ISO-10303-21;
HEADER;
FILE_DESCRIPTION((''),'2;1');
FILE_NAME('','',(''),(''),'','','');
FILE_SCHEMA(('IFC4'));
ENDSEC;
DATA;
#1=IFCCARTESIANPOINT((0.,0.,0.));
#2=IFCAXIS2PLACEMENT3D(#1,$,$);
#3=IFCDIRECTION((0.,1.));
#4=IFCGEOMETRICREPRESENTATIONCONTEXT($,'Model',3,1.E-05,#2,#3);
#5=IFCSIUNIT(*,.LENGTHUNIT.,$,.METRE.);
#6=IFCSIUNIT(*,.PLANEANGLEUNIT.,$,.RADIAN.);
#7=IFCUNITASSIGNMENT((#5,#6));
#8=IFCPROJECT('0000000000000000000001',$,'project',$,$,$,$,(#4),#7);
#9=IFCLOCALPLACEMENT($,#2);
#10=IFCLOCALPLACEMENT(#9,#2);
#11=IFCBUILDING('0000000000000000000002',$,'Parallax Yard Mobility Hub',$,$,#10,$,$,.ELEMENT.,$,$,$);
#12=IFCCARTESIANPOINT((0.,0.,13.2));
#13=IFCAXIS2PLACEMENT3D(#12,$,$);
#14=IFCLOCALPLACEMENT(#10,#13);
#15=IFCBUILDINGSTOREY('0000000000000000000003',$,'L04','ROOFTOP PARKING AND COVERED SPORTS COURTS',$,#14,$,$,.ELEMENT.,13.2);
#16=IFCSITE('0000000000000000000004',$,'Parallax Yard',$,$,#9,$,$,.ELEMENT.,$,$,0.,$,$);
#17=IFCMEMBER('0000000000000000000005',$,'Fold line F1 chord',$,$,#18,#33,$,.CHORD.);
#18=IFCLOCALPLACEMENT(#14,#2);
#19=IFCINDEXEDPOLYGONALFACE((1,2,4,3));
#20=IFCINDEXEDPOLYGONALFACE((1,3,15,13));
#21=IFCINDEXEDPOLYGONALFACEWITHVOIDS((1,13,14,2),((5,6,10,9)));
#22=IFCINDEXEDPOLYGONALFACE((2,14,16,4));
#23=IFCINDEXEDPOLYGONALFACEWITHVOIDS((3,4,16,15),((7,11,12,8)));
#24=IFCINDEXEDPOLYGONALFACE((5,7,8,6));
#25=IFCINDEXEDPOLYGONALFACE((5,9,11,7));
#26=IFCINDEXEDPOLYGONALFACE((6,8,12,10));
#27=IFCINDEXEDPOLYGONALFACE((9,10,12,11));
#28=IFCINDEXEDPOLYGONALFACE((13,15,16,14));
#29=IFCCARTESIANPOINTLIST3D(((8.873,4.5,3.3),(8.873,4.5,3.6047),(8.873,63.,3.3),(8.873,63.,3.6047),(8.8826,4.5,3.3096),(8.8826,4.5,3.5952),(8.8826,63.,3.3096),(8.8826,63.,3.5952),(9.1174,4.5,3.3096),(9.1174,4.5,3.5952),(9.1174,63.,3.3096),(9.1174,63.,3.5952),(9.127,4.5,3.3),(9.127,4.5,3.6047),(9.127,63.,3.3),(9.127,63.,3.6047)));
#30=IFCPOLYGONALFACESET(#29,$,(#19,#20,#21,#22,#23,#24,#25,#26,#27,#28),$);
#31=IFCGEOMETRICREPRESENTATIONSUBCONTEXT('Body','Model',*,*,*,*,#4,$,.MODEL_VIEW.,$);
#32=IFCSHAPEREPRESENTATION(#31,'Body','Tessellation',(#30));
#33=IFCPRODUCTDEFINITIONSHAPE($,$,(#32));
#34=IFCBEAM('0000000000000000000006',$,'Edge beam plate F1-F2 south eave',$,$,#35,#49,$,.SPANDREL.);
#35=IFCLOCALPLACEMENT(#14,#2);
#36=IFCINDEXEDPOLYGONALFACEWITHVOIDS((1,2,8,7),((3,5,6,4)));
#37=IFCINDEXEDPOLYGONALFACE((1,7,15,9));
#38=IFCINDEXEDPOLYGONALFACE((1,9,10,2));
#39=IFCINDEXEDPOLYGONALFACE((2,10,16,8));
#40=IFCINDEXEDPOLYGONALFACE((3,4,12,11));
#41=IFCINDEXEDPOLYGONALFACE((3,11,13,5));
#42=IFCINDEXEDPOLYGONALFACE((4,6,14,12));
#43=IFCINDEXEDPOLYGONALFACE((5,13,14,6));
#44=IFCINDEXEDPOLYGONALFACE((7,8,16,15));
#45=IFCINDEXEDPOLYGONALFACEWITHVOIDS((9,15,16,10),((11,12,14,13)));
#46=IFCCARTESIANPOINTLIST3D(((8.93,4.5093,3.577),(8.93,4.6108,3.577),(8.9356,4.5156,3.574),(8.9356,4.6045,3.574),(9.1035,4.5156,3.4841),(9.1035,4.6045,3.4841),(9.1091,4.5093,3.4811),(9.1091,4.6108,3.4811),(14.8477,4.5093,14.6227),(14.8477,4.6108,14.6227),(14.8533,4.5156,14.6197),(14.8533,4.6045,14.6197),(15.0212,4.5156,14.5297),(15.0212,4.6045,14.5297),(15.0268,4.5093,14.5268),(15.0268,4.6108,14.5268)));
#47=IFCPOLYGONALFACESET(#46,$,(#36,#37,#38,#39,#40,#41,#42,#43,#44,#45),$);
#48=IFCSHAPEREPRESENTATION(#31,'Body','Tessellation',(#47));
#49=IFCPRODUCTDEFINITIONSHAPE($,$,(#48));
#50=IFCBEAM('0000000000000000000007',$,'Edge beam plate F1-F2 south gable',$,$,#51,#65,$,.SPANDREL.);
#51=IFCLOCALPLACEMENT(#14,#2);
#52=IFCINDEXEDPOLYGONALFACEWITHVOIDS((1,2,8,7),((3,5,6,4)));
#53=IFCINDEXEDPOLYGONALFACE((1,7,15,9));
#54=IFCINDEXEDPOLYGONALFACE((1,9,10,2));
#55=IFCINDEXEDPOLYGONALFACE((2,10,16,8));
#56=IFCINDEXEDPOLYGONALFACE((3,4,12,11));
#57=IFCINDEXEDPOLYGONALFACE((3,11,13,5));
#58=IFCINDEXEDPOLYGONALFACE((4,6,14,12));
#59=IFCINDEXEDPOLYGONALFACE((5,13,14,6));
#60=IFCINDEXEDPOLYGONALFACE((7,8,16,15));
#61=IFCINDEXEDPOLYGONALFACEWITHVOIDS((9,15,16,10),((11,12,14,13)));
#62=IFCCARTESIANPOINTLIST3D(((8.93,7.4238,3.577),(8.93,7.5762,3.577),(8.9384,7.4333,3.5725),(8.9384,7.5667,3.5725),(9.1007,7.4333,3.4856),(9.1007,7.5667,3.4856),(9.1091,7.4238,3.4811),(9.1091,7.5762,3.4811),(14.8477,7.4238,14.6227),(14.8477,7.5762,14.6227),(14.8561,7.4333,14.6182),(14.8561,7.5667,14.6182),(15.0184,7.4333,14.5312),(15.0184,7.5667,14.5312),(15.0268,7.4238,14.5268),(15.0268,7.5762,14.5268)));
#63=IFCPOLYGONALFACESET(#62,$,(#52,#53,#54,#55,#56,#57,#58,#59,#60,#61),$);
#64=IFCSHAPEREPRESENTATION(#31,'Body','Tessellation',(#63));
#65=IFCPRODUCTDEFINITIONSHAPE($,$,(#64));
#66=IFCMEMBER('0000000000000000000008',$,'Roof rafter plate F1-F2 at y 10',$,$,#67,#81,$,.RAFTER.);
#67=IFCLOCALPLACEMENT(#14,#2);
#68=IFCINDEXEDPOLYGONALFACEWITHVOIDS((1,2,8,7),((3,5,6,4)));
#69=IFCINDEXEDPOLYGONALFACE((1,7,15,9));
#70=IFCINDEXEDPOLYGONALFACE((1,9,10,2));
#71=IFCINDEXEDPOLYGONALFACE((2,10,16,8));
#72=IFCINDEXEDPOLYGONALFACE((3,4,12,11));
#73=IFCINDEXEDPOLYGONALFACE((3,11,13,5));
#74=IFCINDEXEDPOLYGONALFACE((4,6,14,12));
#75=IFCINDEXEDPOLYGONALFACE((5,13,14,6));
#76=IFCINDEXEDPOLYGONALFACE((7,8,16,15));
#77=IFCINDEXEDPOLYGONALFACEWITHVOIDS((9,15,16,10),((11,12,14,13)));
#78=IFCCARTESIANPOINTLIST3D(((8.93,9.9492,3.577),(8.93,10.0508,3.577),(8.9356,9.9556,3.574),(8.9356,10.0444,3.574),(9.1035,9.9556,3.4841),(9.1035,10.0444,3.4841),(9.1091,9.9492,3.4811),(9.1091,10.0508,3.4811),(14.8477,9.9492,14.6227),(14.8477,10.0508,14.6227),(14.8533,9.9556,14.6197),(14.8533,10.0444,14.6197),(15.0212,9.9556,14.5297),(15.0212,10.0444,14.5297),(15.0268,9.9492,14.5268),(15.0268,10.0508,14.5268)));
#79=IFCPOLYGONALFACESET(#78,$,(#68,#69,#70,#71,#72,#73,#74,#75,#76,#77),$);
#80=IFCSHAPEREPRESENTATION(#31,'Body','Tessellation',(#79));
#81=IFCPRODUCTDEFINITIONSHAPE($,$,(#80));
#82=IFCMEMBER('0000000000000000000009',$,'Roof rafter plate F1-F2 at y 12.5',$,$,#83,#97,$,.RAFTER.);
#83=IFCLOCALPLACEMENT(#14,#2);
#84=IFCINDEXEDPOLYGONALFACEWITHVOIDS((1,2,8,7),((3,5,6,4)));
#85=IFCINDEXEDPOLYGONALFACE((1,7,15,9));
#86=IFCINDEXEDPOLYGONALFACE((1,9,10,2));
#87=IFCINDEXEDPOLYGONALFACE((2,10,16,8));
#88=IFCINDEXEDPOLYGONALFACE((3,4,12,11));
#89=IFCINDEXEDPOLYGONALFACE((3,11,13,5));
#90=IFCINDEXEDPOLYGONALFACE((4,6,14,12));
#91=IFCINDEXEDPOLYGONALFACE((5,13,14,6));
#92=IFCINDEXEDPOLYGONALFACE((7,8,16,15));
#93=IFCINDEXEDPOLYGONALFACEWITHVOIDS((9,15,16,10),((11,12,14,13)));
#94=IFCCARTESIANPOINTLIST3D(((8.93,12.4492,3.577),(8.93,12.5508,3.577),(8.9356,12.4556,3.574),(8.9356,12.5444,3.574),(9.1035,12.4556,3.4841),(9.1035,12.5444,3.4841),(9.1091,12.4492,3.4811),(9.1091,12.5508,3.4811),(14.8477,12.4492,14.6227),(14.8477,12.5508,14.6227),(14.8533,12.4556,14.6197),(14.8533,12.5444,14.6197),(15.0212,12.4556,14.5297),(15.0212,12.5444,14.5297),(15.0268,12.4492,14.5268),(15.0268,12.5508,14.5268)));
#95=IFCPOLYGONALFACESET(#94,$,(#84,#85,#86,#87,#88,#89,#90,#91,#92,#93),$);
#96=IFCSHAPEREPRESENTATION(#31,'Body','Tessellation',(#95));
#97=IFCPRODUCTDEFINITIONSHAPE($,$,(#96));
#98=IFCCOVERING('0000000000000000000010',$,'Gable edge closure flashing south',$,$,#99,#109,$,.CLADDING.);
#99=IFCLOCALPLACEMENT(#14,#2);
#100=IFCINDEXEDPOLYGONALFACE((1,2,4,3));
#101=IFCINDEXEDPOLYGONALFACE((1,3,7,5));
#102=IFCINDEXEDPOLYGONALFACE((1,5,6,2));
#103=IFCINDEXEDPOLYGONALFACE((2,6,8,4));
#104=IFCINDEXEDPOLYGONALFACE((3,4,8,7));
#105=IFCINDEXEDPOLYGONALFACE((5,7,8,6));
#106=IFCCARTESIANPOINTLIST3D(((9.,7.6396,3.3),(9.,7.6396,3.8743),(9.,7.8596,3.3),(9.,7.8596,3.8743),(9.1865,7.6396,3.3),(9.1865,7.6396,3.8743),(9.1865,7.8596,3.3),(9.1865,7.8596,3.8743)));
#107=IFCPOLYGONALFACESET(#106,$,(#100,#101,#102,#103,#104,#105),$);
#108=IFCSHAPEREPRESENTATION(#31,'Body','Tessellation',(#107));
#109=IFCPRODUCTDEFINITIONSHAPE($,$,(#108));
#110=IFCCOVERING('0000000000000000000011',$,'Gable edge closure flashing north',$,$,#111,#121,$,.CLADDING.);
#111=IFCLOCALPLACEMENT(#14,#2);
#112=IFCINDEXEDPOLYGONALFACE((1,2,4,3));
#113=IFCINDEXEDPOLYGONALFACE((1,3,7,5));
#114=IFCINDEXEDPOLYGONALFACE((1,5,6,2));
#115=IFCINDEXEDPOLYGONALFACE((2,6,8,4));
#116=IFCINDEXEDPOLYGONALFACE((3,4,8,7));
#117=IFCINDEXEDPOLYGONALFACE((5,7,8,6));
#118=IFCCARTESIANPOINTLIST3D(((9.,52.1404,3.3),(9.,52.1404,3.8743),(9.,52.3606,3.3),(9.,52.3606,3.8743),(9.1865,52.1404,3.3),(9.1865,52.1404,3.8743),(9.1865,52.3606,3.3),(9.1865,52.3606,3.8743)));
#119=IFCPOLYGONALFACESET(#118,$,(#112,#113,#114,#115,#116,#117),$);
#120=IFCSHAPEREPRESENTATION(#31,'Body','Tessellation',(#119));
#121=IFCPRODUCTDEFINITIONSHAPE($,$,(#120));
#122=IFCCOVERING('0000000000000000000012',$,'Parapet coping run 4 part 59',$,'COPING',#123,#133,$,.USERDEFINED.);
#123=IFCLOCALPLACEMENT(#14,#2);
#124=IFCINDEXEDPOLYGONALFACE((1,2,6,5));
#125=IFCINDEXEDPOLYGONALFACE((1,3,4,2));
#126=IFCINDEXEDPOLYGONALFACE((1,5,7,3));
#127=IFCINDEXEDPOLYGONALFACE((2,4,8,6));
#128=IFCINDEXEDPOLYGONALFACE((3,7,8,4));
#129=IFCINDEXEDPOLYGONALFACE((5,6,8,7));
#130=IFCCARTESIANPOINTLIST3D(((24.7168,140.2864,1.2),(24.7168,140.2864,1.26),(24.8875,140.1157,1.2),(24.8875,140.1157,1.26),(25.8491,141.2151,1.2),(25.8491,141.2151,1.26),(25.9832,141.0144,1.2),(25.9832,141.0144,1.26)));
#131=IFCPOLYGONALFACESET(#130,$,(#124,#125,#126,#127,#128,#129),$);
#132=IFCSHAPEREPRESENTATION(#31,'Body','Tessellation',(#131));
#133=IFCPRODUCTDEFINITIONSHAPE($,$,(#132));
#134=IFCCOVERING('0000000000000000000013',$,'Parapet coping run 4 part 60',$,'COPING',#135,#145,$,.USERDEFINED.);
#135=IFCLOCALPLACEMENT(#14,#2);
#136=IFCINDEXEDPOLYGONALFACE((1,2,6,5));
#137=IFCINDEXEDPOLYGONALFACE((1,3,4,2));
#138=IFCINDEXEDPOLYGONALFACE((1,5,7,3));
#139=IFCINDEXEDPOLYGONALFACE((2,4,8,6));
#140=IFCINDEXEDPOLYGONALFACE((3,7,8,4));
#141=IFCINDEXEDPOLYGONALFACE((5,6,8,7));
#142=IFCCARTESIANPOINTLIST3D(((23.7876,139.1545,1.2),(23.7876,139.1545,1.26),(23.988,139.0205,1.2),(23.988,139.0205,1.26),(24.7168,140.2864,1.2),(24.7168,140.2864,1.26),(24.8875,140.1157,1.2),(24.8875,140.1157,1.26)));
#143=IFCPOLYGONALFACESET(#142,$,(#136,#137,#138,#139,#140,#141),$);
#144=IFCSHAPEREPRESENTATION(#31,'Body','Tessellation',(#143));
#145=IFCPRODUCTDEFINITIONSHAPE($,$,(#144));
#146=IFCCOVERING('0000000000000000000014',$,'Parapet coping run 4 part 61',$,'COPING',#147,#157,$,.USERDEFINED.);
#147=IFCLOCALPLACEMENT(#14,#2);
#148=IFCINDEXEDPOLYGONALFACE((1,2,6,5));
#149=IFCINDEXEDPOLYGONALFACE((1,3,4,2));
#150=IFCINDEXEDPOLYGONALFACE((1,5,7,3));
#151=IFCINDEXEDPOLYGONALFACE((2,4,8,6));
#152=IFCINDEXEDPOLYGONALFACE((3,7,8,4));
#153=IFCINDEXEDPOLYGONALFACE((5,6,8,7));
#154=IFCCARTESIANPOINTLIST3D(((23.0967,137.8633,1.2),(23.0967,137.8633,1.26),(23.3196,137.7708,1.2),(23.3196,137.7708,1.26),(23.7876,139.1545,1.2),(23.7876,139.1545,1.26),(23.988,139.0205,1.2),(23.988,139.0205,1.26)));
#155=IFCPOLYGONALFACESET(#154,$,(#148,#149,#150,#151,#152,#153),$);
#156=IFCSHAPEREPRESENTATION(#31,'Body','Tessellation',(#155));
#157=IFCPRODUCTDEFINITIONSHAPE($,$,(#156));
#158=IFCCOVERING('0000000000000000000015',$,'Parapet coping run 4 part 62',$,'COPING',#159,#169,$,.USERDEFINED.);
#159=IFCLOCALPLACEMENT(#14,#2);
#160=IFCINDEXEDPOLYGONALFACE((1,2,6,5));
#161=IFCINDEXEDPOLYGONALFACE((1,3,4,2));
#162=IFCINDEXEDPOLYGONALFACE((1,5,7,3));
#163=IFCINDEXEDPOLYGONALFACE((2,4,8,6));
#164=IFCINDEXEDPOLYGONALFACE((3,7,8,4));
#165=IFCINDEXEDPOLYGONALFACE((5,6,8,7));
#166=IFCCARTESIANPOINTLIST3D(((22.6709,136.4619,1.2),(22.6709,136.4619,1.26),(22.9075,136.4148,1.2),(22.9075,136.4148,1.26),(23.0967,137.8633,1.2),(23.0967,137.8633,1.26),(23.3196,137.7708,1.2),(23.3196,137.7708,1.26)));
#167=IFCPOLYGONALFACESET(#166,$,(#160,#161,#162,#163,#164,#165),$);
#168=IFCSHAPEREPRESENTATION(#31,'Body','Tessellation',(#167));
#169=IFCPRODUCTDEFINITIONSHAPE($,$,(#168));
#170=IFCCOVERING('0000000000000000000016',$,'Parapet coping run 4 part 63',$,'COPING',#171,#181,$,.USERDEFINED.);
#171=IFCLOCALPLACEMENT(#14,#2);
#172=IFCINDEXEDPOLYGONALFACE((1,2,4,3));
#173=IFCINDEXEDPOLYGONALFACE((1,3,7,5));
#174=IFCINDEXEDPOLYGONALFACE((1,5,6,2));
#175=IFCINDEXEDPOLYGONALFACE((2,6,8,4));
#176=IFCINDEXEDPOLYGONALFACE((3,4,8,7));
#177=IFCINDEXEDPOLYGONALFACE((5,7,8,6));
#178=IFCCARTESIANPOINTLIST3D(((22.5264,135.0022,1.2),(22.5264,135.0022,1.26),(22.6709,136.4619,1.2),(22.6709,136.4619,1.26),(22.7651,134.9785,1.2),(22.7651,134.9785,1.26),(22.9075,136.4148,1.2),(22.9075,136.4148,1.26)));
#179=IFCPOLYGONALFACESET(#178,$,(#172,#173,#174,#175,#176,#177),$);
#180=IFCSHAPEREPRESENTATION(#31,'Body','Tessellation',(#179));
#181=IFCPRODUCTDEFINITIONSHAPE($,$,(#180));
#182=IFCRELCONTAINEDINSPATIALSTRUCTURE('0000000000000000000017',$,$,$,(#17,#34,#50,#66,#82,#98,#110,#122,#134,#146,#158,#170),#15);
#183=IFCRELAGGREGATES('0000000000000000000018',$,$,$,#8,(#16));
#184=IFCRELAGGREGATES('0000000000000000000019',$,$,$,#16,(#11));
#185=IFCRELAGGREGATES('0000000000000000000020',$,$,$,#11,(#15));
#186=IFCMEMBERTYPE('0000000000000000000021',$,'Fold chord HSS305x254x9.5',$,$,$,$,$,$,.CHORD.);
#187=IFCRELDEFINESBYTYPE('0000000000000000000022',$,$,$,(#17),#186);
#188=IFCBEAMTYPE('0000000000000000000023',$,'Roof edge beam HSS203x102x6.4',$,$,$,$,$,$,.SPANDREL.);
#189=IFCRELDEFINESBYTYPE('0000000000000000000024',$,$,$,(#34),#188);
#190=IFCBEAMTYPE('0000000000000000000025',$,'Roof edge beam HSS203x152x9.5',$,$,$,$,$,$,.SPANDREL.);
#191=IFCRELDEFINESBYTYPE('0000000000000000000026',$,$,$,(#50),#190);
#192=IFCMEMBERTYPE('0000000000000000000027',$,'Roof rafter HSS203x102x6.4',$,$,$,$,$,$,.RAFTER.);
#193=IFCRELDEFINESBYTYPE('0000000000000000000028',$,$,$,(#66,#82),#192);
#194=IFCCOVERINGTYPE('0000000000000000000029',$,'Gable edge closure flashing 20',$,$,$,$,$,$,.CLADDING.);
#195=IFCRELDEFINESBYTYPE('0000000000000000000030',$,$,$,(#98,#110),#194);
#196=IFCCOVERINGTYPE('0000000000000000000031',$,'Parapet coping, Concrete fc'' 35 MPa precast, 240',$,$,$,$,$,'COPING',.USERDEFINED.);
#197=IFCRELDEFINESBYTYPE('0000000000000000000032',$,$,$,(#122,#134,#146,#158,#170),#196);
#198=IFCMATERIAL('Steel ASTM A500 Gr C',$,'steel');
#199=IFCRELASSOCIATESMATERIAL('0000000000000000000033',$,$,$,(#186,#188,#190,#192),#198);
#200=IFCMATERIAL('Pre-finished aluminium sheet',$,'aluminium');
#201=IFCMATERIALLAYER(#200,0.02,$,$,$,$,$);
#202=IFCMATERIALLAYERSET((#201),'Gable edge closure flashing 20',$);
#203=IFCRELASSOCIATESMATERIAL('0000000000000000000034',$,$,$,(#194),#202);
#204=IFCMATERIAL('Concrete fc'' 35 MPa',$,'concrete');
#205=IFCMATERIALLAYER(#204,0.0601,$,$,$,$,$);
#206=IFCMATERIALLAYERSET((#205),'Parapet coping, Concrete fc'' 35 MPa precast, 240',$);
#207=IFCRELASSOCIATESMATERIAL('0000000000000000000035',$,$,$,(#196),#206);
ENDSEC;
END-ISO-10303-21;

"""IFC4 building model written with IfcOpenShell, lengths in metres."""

from ifc_helpers import new_model, si_unit, direction, frame, origin, origin_2d, place, context, subcontext, project, spatial, polyline, hollow_rectangle, outline, extrude, material, layer, layer_set, material_profile, profile_set, type_object, element, save


model = new_model("IFC4")

# Units and contexts
model_context = context("Model", 3, precision=1e-05, world=origin(), true_north=direction((0.0, 1.0)))
body_context = subcontext(model_context, "Body", "Model", "MODEL_VIEW")
ifc_project = project(units=[si_unit("LENGTHUNIT", "METRE"), si_unit("PLANEANGLEUNIT", "RADIAN")], contexts=[model_context])

# Site, building, storey
site_placement = place(None, origin())
site = spatial("IfcSite", under=ifc_project, at=site_placement, Name="Parallax Yard", CompositionType="ELEMENT", RefElevation=0.0)
building_placement = place(site_placement, origin())
building = spatial("IfcBuilding", under=site, at=building_placement, Name="Parallax Yard Mobility Hub", CompositionType="ELEMENT")
storey_placement = place(building_placement, frame((0.0, 0.0, 13.2)))
storey = spatial("IfcBuildingStorey", under=building, at=storey_placement, Name="L04", Description="ROOFTOP PARKING AND COVERED SPORTS COURTS", CompositionType="ELEMENT", Elevation=13.2)

# Member
ifc_material_1 = material(Name="Steel ASTM A500 Gr C", Category="steel")
ifc_material_profile_1 = material_profile(ifc_material_1, hollow_rectangle(XDim=0.2539, YDim=0.3047, WallThickness=0.0095, at=origin_2d()), Name="HSS305x254x9.5")
ifc_profile_set_1 = profile_set([ifc_material_profile_1], Name="Steel ASTM A500 Gr C")
member_type_1 = type_object("IfcMemberType", Name="Fold chord HSS305x254x9.5", PredefinedType="CHORD", material=ifc_profile_set_1)
member_placement = place(storey_placement, frame((9.0, 4.5, 3.4524), z_axis=(0.0, 1.0, 0.0), x_axis=(-1.0, 0.0, 0.0)))
element("IfcMember", 1, at=member_placement, inside=storey, type_object=member_type_1, Name="Fold line F1 chord", PredefinedType="CHORD", context=body_context, shape_type="SweptSolid", body=[
    extrude(hollow_rectangle(XDim=0.2539, YDim=0.3047, WallThickness=0.0095, at=origin_2d()), origin(), (0.0, 0.0, 1.0), 58.5),
])

# Beams
ifc_material_profile_2 = material_profile(ifc_material_1, hollow_rectangle(XDim=0.1016, YDim=0.2031, WallThickness=0.0063, at=origin_2d()), Name="HSS203x102x6.4")
ifc_profile_set_2 = profile_set([ifc_material_profile_2], Name="Steel ASTM A500 Gr C")
beam_type_1 = type_object("IfcBeamType", Name="Roof edge beam HSS203x102x6.4", PredefinedType="SPANDREL", material=ifc_profile_set_2)
beam_1_placement = place(storey_placement, frame((9.0195, 4.5601, 3.5291), z_axis=(0.472247, 0.0, 0.881466), x_axis=(0.0, 1.0, 0.0)))
element("IfcBeam", 2, at=beam_1_placement, inside=storey, type_object=beam_type_1, Name="Edge beam plate F1-F2 south eave", PredefinedType="SPANDREL", context=body_context, shape_type="SweptSolid", body=[
    extrude(hollow_rectangle(XDim=0.1016, YDim=0.2031, WallThickness=0.0063, at=origin_2d()), origin(), (0.0, 0.0, 1.0), 12.531),
])
ifc_material_profile_3 = material_profile(ifc_material_1, hollow_rectangle(XDim=0.1523, YDim=0.2031, WallThickness=0.0095, at=origin_2d()), Name="HSS203x152x9.5")
ifc_profile_set_3 = profile_set([ifc_material_profile_3], Name="Steel ASTM A500 Gr C")
beam_type_2 = type_object("IfcBeamType", Name="Roof edge beam HSS203x152x9.5", PredefinedType="SPANDREL", material=ifc_profile_set_3)
beam_2_placement = place(storey_placement, frame((9.0195, 7.5, 3.5291), z_axis=(0.472247, 0.0, 0.881466), x_axis=(0.0, 1.0, 0.0)))
element("IfcBeam", 3, at=beam_2_placement, inside=storey, type_object=beam_type_2, Name="Edge beam plate F1-F2 south gable", PredefinedType="SPANDREL", context=body_context, shape_type="SweptSolid", body=[
    extrude(hollow_rectangle(XDim=0.1523, YDim=0.2031, WallThickness=0.0095, at=origin_2d()), origin(), (0.0, 0.0, 1.0), 12.531),
])

# Members
ifc_material_profile_4 = material_profile(ifc_material_1, hollow_rectangle(XDim=0.1016, YDim=0.2031, WallThickness=0.0063, at=origin_2d()), Name="HSS203x102x6.4")
ifc_profile_set_4 = profile_set([ifc_material_profile_4], Name="Steel ASTM A500 Gr C")
member_type_2 = type_object("IfcMemberType", Name="Roof rafter HSS203x102x6.4", PredefinedType="RAFTER", material=ifc_profile_set_4)
for number, where, z_axis, x_axis, name in (
    (4, (9.0195, 10.0, 3.5291), (0.472247, 0.0, 0.881466), (0.0, 1.0, 0.0), "Roof rafter plate F1-F2 at y 10"),
    (5, (9.0195, 12.5, 3.5291), (0.472247, 0.0, 0.881466), (0.0, 1.0, 0.0), "Roof rafter plate F1-F2 at y 12.5"),
):
    element("IfcMember", number, at=place(storey_placement, frame(where, z_axis=z_axis, x_axis=x_axis)), inside=storey, type_object=member_type_2, Name=name, PredefinedType="RAFTER", context=body_context, shape_type="SweptSolid", body=[
        extrude(hollow_rectangle(XDim=0.1016, YDim=0.2031, WallThickness=0.0063, at=origin_2d()), origin(), (0.0, 0.0, 1.0), 12.531),
    ])

# Coverings
ifc_material_2 = material(Name="Pre-finished aluminium sheet", Category="aluminium")
ifc_layer_1 = layer(ifc_material_2, 0.02)
ifc_layer_set_1 = layer_set([ifc_layer_1], Name="Gable edge closure flashing 20")
covering_type_1 = type_object("IfcCoveringType", Name="Gable edge closure flashing 20", PredefinedType="CLADDING", material=ifc_layer_set_1)
covering_1_placement = place(storey_placement, frame((0.0, 0.0, 3.3)))
element("IfcCovering", 6, at=covering_1_placement, inside=storey, type_object=covering_type_1, Name="Gable edge closure flashing south", PredefinedType="CLADDING", context=body_context, shape_type="SweptSolid", body=[
    extrude(outline(polyline([(9.0, 7.6396), (9.1865, 7.6396), (9.1865, 7.8596), (9.0, 7.8596), (9.0, 7.6396)])), origin(), (0.0, 0.0, 1.0), 0.5742),
])
covering_2_placement = place(storey_placement, frame((0.0, 0.0, 3.3)))
element("IfcCovering", 7, at=covering_2_placement, inside=storey, type_object=covering_type_1, Name="Gable edge closure flashing north", PredefinedType="CLADDING", context=body_context, shape_type="SweptSolid", body=[
    extrude(outline(polyline([(9.0, 52.1404), (9.1865, 52.1404), (9.1865, 52.3606), (9.0, 52.3606), (9.0, 52.1404)])), origin(), (0.0, 0.0, 1.0), 0.5742),
])
ifc_material_3 = material(Name="Concrete fc' 35 MPa", Category="concrete")
ifc_layer_2 = layer(ifc_material_3, 0.0601)
ifc_layer_set_2 = layer_set([ifc_layer_2], Name="Parapet coping, Concrete fc' 35 MPa precast, 240")
covering_type_2 = type_object("IfcCoveringType", Name="Parapet coping, Concrete fc' 35 MPa precast, 240", ElementType="COPING", PredefinedType="USERDEFINED", material=ifc_layer_set_2)
covering_3_placement = place(storey_placement, frame((0.0, 0.0, 1.2)))
element("IfcCovering", 8, at=covering_3_placement, inside=storey, type_object=covering_type_2, Name="Parapet coping run 4 part 59", ObjectType="COPING", PredefinedType="USERDEFINED", context=body_context, shape_type="SweptSolid", body=[
    extrude(outline(polyline([(25.9832, 141.0144), (25.8491, 141.2151), (24.7168, 140.2864), (24.8875, 140.1157), (25.9832, 141.0144)])), origin(), (0.0, 0.0, 1.0), 0.0601),
])
covering_4_placement = place(storey_placement, frame((0.0, 0.0, 1.2)))
element("IfcCovering", 9, at=covering_4_placement, inside=storey, type_object=covering_type_2, Name="Parapet coping run 4 part 60", ObjectType="COPING", PredefinedType="USERDEFINED", context=body_context, shape_type="SweptSolid", body=[
    extrude(outline(polyline([(24.8875, 140.1157), (24.7168, 140.2864), (23.7876, 139.1545), (23.988, 139.0205), (24.8875, 140.1157)])), origin(), (0.0, 0.0, 1.0), 0.0601),
])
covering_5_placement = place(storey_placement, frame((0.0, 0.0, 1.2)))
element("IfcCovering", 10, at=covering_5_placement, inside=storey, type_object=covering_type_2, Name="Parapet coping run 4 part 61", ObjectType="COPING", PredefinedType="USERDEFINED", context=body_context, shape_type="SweptSolid", body=[
    extrude(outline(polyline([(23.988, 139.0205), (23.7876, 139.1545), (23.0967, 137.8633), (23.3196, 137.7708), (23.988, 139.0205)])), origin(), (0.0, 0.0, 1.0), 0.0601),
])
covering_6_placement = place(storey_placement, frame((0.0, 0.0, 1.2)))
element("IfcCovering", 11, at=covering_6_placement, inside=storey, type_object=covering_type_2, Name="Parapet coping run 4 part 62", ObjectType="COPING", PredefinedType="USERDEFINED", context=body_context, shape_type="SweptSolid", body=[
    extrude(outline(polyline([(23.3196, 137.7708), (23.0967, 137.8633), (22.6709, 136.4619), (22.9075, 136.4148), (23.3196, 137.7708)])), origin(), (0.0, 0.0, 1.0), 0.0601),
])
covering_7_placement = place(storey_placement, frame((0.0, 0.0, 1.2)))
element("IfcCovering", 12, at=covering_7_placement, inside=storey, type_object=covering_type_2, Name="Parapet coping run 4 part 63", ObjectType="COPING", PredefinedType="USERDEFINED", context=body_context, shape_type="SweptSolid", body=[
    extrude(outline(polyline([(22.9075, 136.4148), (22.6709, 136.4619), (22.5264, 135.0022), (22.7651, 134.9785), (22.9075, 136.4148)])), origin(), (0.0, 0.0, 1.0), 0.0601),
])

save(model, "model.ifc")
